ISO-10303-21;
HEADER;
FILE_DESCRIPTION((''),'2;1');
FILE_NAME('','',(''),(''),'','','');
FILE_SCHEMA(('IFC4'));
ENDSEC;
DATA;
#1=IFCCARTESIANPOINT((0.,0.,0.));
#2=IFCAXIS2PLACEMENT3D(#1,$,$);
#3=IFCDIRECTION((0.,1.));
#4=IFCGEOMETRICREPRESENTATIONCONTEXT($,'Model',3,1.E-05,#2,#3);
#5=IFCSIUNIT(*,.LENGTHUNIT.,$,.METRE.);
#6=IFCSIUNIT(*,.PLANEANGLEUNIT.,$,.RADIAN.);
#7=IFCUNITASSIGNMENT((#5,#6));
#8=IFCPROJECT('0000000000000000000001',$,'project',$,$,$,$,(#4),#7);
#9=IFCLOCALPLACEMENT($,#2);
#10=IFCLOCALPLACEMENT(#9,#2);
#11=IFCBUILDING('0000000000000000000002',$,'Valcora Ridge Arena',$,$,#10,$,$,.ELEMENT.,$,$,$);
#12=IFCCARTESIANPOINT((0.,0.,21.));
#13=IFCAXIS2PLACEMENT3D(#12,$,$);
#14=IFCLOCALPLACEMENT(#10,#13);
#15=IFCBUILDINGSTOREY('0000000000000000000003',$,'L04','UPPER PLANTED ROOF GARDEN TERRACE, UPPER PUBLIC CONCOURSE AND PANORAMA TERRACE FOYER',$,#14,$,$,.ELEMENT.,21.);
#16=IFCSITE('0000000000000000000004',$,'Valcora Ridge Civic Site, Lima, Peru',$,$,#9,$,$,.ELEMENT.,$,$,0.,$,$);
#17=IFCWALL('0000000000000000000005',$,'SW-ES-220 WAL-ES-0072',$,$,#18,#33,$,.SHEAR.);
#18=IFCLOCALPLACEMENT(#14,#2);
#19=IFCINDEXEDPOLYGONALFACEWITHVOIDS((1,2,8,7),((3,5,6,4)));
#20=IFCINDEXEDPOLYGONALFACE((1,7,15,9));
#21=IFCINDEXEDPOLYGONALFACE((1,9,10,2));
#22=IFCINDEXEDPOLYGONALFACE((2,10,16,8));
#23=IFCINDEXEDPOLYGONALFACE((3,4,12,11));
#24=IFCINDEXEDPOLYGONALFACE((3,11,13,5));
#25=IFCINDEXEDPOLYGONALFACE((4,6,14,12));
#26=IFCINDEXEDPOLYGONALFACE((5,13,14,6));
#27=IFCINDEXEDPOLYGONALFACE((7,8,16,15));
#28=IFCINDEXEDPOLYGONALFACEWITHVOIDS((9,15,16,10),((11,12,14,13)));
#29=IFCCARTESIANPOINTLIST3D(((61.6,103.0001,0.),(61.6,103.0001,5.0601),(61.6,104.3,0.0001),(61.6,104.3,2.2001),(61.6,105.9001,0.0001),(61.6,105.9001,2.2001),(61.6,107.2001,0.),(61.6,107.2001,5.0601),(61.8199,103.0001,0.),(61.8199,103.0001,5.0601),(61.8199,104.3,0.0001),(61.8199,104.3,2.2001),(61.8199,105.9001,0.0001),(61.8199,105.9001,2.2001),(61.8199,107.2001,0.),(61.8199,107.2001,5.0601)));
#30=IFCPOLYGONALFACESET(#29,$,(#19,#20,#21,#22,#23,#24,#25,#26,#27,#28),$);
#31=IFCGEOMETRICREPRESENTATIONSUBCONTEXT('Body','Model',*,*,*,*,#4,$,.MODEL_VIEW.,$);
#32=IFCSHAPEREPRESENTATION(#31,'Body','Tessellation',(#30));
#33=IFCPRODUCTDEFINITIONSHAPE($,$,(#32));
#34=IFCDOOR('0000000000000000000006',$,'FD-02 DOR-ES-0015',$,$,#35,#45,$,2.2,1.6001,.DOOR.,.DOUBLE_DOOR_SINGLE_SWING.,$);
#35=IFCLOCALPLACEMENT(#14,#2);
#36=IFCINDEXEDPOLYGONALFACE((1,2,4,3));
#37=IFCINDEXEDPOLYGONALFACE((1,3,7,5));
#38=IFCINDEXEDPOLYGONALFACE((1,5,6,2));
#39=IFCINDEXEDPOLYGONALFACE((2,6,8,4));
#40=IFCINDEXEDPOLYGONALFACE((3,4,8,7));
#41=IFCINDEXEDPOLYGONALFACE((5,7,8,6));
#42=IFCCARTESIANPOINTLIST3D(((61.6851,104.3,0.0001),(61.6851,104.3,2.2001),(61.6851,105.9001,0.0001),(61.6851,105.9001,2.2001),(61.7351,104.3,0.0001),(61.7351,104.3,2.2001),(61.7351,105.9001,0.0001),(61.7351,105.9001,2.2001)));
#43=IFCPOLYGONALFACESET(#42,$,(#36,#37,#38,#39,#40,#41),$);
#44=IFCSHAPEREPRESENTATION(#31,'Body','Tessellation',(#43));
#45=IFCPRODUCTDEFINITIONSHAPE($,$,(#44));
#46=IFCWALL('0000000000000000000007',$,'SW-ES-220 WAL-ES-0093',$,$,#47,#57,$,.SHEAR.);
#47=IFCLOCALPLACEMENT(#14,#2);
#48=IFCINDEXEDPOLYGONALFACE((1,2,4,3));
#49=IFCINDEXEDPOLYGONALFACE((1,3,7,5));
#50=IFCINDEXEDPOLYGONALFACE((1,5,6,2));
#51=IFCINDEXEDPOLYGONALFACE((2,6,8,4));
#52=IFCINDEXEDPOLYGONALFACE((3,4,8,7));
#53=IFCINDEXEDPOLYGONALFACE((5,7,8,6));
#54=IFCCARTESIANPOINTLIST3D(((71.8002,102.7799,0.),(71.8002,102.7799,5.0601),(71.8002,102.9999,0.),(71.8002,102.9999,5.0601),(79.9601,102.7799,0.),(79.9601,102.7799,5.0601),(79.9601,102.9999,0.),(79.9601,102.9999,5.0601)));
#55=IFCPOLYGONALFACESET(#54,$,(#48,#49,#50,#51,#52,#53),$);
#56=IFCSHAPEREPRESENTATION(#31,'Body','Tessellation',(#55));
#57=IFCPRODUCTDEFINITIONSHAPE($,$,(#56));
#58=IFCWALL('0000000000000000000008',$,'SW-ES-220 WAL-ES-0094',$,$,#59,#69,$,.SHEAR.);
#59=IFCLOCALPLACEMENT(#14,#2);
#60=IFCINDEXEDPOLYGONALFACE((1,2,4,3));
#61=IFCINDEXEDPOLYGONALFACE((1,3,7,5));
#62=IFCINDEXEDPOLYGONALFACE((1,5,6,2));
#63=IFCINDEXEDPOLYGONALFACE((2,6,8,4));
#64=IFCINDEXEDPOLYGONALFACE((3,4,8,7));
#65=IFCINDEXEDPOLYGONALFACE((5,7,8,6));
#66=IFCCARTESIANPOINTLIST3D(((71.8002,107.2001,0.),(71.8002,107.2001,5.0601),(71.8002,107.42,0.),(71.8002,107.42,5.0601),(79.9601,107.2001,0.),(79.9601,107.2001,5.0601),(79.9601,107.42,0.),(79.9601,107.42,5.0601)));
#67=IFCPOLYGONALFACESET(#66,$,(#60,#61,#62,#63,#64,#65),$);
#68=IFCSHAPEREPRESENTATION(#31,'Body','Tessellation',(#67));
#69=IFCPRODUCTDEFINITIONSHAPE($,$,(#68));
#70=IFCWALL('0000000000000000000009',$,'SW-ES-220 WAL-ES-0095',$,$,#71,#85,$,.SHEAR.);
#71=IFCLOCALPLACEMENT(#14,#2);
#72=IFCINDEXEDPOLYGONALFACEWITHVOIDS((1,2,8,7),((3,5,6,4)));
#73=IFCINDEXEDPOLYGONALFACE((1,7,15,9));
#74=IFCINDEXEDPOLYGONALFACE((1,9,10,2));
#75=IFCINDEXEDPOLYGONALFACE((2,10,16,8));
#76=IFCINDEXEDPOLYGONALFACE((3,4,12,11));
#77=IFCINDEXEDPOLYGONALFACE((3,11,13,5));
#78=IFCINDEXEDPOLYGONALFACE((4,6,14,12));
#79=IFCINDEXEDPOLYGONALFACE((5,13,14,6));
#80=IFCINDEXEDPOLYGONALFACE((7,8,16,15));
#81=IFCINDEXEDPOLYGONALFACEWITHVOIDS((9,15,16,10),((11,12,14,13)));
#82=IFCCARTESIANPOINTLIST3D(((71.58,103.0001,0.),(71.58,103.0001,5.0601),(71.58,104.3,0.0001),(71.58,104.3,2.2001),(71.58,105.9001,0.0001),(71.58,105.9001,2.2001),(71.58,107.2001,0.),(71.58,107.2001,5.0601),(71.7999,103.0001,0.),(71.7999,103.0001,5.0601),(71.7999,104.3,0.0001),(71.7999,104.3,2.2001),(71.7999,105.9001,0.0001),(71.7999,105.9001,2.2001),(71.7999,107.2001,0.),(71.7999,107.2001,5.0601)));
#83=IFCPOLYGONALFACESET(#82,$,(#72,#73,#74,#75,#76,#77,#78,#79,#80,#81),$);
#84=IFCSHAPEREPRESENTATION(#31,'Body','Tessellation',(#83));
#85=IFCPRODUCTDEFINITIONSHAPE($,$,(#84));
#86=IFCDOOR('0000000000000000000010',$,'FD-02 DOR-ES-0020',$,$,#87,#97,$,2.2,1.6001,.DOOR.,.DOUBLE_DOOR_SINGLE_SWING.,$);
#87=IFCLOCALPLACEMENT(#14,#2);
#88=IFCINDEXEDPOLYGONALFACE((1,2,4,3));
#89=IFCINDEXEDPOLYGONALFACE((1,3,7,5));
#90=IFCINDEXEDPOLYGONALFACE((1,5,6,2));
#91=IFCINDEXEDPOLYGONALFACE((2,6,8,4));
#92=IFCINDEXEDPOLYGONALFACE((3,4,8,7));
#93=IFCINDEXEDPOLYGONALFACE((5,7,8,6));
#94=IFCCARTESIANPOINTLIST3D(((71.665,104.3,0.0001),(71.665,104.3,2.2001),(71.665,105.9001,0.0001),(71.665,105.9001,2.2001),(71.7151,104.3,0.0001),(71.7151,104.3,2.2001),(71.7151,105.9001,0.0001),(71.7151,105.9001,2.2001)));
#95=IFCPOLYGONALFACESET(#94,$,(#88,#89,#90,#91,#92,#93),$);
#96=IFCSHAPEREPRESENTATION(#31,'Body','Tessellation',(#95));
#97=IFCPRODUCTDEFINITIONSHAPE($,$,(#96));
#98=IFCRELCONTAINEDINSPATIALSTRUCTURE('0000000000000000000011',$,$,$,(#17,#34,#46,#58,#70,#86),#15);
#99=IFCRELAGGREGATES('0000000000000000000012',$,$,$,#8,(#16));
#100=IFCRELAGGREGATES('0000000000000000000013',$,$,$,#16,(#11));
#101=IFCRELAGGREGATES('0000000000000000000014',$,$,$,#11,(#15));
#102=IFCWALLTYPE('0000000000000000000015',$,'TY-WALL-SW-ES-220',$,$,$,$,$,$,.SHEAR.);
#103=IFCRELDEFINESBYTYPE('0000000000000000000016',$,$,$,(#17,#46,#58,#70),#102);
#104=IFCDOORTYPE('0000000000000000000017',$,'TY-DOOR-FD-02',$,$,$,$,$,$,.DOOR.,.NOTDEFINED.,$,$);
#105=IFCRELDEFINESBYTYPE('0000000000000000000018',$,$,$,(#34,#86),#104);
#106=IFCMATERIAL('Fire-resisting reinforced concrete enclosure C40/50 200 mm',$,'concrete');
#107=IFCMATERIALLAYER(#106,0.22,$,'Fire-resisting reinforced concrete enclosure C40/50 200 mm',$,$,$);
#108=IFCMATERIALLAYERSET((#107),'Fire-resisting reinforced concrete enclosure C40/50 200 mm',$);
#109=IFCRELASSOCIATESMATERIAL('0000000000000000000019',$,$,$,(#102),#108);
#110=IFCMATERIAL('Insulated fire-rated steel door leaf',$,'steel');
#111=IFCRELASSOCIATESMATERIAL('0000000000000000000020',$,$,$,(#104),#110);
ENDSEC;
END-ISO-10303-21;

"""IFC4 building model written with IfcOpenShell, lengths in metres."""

from ifc_helpers import new_model, si_unit, direction, frame, frame_2d, origin, place, context, subcontext, project, spatial, rectangle, extrude, material, layer, layer_set, type_object, element, fill, save


model = new_model("IFC4")

# Units and contexts
model_context = context("Model", 3, precision=1e-05, world=origin(), true_north=direction((0.0, 1.0)))
body_context = subcontext(model_context, "Body", "Model", "MODEL_VIEW")
ifc_project = project(units=[si_unit("LENGTHUNIT", "METRE"), si_unit("PLANEANGLEUNIT", "RADIAN")], contexts=[model_context])

# Site, building, storey
site_placement = place(None, origin())
site = spatial("IfcSite", under=ifc_project, at=site_placement, Name="Valcora Ridge Civic Site, Lima, Peru", CompositionType="ELEMENT", RefElevation=0.0)
building_placement = place(site_placement, origin())
building = spatial("IfcBuilding", under=site, at=building_placement, Name="Valcora Ridge Arena", CompositionType="ELEMENT")
storey_placement = place(building_placement, frame((0.0, 0.0, 21.0)))
storey = spatial("IfcBuildingStorey", under=building, at=storey_placement, Name="L04", Description="UPPER PLANTED ROOF GARDEN TERRACE, UPPER PUBLIC CONCOURSE AND PANORAMA TERRACE FOYER", CompositionType="ELEMENT", Elevation=21.0)

# Shared definitions
ifc_material_1 = material(Name="Fire-resisting reinforced concrete enclosure C40/50 200 mm", Category="concrete")
ifc_layer_1 = layer(ifc_material_1, 0.22, Name="Fire-resisting reinforced concrete enclosure C40/50 200 mm")
ifc_layer_set_1 = layer_set([ifc_layer_1], Name="Fire-resisting reinforced concrete enclosure C40/50 200 mm")
wall_type_1 = type_object("IfcWallType", Name="TY-WALL-SW-ES-220", PredefinedType="SHEAR", material=ifc_layer_set_1)

# Wall, opening, door
wall_1_placement = place(storey_placement, frame((61.71, 103.0, 0.0), z_axis=(0.0, 0.0, 1.0), x_axis=(0.0, 1.0, 0.0)))
wall_1 = element("IfcWall", 1, at=wall_1_placement, inside=storey, type_object=wall_type_1, Name="SW-ES-220 WAL-ES-0072", PredefinedType="SHEAR", context=body_context, shape_type="SweptSolid", body=[
    extrude(rectangle(XDim=4.2, YDim=0.22, at=frame_2d((2.1001, 0.0))), origin(), (0.0, 0.0, 1.0), 5.0601),
])
opening_1_placement = place(wall_1_placement, frame((1.3, 0.0, 0.0)))
opening_1 = element("IfcOpeningElement", 2, at=opening_1_placement, cuts=wall_1, PredefinedType="OPENING", context=body_context, shape_type="SweptSolid", body=[
    extrude(rectangle(XDim=1.6001, YDim=2.2, at=frame_2d((0.8, 1.1001))), frame((0.0, 0.1199, 0.0), z_axis=(0.0, -1.0, 0.0), x_axis=(1.0, 0.0, 0.0)), (0.0, 0.0, 1.0), 0.24),
])
ifc_material_2 = material(Name="Insulated fire-rated steel door leaf", Category="steel")
door_type_1 = type_object("IfcDoorType", Name="TY-DOOR-FD-02", OperationType="NOTDEFINED", PredefinedType="DOOR", material=ifc_material_2)
door_1_placement = place(opening_1_placement, origin())
door_1 = element("IfcDoor", 3, at=door_1_placement, inside=storey, type_object=door_type_1, Name="FD-02 DOR-ES-0015", OperationType="DOUBLE_DOOR_SINGLE_SWING", OverallHeight=2.2, OverallWidth=1.6001, PredefinedType="DOOR", context=body_context, shape_type="SweptSolid", body=[
    extrude(rectangle(XDim=1.6001, YDim=2.2, at=frame_2d((0.8, 1.1001))), frame((0.0, 0.0249, 0.0), z_axis=(0.0, -1.0, 0.0), x_axis=(1.0, 0.0, 0.0)), (0.0, 0.0, 1.0), 0.05),
])
fill(opening_1, door_1)

# Walls
for number, where, z_axis, x_axis, name in (
    (4, (71.8, 102.8899, 0.0), (0.0, 0.0, 1.0), (1.0, 0.0, 0.0), "SW-ES-220 WAL-ES-0093"),
    (5, (71.8, 107.3101, 0.0), (0.0, 0.0, 1.0), (1.0, 0.0, 0.0), "SW-ES-220 WAL-ES-0094"),
):
    element("IfcWall", number, at=place(storey_placement, frame(where, z_axis=z_axis, x_axis=x_axis)), inside=storey, type_object=wall_type_1, Name=name, PredefinedType="SHEAR", context=body_context, shape_type="SweptSolid", body=[
        extrude(rectangle(XDim=8.1599, YDim=0.22, at=frame_2d((4.0801, 0.0))), origin(), (0.0, 0.0, 1.0), 5.0601),
    ])

# Wall, opening, door
wall_2_placement = place(storey_placement, frame((71.6899, 103.0, 0.0), z_axis=(0.0, 0.0, 1.0), x_axis=(0.0, 1.0, 0.0)))
wall_2 = element("IfcWall", 6, at=wall_2_placement, inside=storey, type_object=wall_type_1, Name="SW-ES-220 WAL-ES-0095", PredefinedType="SHEAR", context=body_context, shape_type="SweptSolid", body=[
    extrude(rectangle(XDim=4.2, YDim=0.22, at=frame_2d((2.1001, 0.0))), origin(), (0.0, 0.0, 1.0), 5.0601),
])
opening_2_placement = place(wall_2_placement, frame((1.3, 0.0, 0.0)))
opening_2 = element("IfcOpeningElement", 7, at=opening_2_placement, cuts=wall_2, PredefinedType="OPENING", context=body_context, shape_type="SweptSolid", body=[
    extrude(rectangle(XDim=1.6001, YDim=2.2, at=frame_2d((0.8, 1.1001))), frame((0.0, 0.1199, 0.0), z_axis=(0.0, -1.0, 0.0), x_axis=(1.0, 0.0, 0.0)), (0.0, 0.0, 1.0), 0.24),
])
door_2_placement = place(opening_2_placement, origin())
door_2 = element("IfcDoor", 8, at=door_2_placement, inside=storey, type_object=door_type_1, Name="FD-02 DOR-ES-0020", OperationType="DOUBLE_DOOR_SINGLE_SWING", OverallHeight=2.2, OverallWidth=1.6001, PredefinedType="DOOR", context=body_context, shape_type="SweptSolid", body=[
    extrude(rectangle(XDim=1.6001, YDim=2.2, at=frame_2d((0.8, 1.1001))), frame((0.0, 0.0249, 0.0), z_axis=(0.0, -1.0, 0.0), x_axis=(1.0, 0.0, 0.0)), (0.0, 0.0, 1.0), 0.05),
])
fill(opening_2, door_2)

save(model, "model.ifc")
